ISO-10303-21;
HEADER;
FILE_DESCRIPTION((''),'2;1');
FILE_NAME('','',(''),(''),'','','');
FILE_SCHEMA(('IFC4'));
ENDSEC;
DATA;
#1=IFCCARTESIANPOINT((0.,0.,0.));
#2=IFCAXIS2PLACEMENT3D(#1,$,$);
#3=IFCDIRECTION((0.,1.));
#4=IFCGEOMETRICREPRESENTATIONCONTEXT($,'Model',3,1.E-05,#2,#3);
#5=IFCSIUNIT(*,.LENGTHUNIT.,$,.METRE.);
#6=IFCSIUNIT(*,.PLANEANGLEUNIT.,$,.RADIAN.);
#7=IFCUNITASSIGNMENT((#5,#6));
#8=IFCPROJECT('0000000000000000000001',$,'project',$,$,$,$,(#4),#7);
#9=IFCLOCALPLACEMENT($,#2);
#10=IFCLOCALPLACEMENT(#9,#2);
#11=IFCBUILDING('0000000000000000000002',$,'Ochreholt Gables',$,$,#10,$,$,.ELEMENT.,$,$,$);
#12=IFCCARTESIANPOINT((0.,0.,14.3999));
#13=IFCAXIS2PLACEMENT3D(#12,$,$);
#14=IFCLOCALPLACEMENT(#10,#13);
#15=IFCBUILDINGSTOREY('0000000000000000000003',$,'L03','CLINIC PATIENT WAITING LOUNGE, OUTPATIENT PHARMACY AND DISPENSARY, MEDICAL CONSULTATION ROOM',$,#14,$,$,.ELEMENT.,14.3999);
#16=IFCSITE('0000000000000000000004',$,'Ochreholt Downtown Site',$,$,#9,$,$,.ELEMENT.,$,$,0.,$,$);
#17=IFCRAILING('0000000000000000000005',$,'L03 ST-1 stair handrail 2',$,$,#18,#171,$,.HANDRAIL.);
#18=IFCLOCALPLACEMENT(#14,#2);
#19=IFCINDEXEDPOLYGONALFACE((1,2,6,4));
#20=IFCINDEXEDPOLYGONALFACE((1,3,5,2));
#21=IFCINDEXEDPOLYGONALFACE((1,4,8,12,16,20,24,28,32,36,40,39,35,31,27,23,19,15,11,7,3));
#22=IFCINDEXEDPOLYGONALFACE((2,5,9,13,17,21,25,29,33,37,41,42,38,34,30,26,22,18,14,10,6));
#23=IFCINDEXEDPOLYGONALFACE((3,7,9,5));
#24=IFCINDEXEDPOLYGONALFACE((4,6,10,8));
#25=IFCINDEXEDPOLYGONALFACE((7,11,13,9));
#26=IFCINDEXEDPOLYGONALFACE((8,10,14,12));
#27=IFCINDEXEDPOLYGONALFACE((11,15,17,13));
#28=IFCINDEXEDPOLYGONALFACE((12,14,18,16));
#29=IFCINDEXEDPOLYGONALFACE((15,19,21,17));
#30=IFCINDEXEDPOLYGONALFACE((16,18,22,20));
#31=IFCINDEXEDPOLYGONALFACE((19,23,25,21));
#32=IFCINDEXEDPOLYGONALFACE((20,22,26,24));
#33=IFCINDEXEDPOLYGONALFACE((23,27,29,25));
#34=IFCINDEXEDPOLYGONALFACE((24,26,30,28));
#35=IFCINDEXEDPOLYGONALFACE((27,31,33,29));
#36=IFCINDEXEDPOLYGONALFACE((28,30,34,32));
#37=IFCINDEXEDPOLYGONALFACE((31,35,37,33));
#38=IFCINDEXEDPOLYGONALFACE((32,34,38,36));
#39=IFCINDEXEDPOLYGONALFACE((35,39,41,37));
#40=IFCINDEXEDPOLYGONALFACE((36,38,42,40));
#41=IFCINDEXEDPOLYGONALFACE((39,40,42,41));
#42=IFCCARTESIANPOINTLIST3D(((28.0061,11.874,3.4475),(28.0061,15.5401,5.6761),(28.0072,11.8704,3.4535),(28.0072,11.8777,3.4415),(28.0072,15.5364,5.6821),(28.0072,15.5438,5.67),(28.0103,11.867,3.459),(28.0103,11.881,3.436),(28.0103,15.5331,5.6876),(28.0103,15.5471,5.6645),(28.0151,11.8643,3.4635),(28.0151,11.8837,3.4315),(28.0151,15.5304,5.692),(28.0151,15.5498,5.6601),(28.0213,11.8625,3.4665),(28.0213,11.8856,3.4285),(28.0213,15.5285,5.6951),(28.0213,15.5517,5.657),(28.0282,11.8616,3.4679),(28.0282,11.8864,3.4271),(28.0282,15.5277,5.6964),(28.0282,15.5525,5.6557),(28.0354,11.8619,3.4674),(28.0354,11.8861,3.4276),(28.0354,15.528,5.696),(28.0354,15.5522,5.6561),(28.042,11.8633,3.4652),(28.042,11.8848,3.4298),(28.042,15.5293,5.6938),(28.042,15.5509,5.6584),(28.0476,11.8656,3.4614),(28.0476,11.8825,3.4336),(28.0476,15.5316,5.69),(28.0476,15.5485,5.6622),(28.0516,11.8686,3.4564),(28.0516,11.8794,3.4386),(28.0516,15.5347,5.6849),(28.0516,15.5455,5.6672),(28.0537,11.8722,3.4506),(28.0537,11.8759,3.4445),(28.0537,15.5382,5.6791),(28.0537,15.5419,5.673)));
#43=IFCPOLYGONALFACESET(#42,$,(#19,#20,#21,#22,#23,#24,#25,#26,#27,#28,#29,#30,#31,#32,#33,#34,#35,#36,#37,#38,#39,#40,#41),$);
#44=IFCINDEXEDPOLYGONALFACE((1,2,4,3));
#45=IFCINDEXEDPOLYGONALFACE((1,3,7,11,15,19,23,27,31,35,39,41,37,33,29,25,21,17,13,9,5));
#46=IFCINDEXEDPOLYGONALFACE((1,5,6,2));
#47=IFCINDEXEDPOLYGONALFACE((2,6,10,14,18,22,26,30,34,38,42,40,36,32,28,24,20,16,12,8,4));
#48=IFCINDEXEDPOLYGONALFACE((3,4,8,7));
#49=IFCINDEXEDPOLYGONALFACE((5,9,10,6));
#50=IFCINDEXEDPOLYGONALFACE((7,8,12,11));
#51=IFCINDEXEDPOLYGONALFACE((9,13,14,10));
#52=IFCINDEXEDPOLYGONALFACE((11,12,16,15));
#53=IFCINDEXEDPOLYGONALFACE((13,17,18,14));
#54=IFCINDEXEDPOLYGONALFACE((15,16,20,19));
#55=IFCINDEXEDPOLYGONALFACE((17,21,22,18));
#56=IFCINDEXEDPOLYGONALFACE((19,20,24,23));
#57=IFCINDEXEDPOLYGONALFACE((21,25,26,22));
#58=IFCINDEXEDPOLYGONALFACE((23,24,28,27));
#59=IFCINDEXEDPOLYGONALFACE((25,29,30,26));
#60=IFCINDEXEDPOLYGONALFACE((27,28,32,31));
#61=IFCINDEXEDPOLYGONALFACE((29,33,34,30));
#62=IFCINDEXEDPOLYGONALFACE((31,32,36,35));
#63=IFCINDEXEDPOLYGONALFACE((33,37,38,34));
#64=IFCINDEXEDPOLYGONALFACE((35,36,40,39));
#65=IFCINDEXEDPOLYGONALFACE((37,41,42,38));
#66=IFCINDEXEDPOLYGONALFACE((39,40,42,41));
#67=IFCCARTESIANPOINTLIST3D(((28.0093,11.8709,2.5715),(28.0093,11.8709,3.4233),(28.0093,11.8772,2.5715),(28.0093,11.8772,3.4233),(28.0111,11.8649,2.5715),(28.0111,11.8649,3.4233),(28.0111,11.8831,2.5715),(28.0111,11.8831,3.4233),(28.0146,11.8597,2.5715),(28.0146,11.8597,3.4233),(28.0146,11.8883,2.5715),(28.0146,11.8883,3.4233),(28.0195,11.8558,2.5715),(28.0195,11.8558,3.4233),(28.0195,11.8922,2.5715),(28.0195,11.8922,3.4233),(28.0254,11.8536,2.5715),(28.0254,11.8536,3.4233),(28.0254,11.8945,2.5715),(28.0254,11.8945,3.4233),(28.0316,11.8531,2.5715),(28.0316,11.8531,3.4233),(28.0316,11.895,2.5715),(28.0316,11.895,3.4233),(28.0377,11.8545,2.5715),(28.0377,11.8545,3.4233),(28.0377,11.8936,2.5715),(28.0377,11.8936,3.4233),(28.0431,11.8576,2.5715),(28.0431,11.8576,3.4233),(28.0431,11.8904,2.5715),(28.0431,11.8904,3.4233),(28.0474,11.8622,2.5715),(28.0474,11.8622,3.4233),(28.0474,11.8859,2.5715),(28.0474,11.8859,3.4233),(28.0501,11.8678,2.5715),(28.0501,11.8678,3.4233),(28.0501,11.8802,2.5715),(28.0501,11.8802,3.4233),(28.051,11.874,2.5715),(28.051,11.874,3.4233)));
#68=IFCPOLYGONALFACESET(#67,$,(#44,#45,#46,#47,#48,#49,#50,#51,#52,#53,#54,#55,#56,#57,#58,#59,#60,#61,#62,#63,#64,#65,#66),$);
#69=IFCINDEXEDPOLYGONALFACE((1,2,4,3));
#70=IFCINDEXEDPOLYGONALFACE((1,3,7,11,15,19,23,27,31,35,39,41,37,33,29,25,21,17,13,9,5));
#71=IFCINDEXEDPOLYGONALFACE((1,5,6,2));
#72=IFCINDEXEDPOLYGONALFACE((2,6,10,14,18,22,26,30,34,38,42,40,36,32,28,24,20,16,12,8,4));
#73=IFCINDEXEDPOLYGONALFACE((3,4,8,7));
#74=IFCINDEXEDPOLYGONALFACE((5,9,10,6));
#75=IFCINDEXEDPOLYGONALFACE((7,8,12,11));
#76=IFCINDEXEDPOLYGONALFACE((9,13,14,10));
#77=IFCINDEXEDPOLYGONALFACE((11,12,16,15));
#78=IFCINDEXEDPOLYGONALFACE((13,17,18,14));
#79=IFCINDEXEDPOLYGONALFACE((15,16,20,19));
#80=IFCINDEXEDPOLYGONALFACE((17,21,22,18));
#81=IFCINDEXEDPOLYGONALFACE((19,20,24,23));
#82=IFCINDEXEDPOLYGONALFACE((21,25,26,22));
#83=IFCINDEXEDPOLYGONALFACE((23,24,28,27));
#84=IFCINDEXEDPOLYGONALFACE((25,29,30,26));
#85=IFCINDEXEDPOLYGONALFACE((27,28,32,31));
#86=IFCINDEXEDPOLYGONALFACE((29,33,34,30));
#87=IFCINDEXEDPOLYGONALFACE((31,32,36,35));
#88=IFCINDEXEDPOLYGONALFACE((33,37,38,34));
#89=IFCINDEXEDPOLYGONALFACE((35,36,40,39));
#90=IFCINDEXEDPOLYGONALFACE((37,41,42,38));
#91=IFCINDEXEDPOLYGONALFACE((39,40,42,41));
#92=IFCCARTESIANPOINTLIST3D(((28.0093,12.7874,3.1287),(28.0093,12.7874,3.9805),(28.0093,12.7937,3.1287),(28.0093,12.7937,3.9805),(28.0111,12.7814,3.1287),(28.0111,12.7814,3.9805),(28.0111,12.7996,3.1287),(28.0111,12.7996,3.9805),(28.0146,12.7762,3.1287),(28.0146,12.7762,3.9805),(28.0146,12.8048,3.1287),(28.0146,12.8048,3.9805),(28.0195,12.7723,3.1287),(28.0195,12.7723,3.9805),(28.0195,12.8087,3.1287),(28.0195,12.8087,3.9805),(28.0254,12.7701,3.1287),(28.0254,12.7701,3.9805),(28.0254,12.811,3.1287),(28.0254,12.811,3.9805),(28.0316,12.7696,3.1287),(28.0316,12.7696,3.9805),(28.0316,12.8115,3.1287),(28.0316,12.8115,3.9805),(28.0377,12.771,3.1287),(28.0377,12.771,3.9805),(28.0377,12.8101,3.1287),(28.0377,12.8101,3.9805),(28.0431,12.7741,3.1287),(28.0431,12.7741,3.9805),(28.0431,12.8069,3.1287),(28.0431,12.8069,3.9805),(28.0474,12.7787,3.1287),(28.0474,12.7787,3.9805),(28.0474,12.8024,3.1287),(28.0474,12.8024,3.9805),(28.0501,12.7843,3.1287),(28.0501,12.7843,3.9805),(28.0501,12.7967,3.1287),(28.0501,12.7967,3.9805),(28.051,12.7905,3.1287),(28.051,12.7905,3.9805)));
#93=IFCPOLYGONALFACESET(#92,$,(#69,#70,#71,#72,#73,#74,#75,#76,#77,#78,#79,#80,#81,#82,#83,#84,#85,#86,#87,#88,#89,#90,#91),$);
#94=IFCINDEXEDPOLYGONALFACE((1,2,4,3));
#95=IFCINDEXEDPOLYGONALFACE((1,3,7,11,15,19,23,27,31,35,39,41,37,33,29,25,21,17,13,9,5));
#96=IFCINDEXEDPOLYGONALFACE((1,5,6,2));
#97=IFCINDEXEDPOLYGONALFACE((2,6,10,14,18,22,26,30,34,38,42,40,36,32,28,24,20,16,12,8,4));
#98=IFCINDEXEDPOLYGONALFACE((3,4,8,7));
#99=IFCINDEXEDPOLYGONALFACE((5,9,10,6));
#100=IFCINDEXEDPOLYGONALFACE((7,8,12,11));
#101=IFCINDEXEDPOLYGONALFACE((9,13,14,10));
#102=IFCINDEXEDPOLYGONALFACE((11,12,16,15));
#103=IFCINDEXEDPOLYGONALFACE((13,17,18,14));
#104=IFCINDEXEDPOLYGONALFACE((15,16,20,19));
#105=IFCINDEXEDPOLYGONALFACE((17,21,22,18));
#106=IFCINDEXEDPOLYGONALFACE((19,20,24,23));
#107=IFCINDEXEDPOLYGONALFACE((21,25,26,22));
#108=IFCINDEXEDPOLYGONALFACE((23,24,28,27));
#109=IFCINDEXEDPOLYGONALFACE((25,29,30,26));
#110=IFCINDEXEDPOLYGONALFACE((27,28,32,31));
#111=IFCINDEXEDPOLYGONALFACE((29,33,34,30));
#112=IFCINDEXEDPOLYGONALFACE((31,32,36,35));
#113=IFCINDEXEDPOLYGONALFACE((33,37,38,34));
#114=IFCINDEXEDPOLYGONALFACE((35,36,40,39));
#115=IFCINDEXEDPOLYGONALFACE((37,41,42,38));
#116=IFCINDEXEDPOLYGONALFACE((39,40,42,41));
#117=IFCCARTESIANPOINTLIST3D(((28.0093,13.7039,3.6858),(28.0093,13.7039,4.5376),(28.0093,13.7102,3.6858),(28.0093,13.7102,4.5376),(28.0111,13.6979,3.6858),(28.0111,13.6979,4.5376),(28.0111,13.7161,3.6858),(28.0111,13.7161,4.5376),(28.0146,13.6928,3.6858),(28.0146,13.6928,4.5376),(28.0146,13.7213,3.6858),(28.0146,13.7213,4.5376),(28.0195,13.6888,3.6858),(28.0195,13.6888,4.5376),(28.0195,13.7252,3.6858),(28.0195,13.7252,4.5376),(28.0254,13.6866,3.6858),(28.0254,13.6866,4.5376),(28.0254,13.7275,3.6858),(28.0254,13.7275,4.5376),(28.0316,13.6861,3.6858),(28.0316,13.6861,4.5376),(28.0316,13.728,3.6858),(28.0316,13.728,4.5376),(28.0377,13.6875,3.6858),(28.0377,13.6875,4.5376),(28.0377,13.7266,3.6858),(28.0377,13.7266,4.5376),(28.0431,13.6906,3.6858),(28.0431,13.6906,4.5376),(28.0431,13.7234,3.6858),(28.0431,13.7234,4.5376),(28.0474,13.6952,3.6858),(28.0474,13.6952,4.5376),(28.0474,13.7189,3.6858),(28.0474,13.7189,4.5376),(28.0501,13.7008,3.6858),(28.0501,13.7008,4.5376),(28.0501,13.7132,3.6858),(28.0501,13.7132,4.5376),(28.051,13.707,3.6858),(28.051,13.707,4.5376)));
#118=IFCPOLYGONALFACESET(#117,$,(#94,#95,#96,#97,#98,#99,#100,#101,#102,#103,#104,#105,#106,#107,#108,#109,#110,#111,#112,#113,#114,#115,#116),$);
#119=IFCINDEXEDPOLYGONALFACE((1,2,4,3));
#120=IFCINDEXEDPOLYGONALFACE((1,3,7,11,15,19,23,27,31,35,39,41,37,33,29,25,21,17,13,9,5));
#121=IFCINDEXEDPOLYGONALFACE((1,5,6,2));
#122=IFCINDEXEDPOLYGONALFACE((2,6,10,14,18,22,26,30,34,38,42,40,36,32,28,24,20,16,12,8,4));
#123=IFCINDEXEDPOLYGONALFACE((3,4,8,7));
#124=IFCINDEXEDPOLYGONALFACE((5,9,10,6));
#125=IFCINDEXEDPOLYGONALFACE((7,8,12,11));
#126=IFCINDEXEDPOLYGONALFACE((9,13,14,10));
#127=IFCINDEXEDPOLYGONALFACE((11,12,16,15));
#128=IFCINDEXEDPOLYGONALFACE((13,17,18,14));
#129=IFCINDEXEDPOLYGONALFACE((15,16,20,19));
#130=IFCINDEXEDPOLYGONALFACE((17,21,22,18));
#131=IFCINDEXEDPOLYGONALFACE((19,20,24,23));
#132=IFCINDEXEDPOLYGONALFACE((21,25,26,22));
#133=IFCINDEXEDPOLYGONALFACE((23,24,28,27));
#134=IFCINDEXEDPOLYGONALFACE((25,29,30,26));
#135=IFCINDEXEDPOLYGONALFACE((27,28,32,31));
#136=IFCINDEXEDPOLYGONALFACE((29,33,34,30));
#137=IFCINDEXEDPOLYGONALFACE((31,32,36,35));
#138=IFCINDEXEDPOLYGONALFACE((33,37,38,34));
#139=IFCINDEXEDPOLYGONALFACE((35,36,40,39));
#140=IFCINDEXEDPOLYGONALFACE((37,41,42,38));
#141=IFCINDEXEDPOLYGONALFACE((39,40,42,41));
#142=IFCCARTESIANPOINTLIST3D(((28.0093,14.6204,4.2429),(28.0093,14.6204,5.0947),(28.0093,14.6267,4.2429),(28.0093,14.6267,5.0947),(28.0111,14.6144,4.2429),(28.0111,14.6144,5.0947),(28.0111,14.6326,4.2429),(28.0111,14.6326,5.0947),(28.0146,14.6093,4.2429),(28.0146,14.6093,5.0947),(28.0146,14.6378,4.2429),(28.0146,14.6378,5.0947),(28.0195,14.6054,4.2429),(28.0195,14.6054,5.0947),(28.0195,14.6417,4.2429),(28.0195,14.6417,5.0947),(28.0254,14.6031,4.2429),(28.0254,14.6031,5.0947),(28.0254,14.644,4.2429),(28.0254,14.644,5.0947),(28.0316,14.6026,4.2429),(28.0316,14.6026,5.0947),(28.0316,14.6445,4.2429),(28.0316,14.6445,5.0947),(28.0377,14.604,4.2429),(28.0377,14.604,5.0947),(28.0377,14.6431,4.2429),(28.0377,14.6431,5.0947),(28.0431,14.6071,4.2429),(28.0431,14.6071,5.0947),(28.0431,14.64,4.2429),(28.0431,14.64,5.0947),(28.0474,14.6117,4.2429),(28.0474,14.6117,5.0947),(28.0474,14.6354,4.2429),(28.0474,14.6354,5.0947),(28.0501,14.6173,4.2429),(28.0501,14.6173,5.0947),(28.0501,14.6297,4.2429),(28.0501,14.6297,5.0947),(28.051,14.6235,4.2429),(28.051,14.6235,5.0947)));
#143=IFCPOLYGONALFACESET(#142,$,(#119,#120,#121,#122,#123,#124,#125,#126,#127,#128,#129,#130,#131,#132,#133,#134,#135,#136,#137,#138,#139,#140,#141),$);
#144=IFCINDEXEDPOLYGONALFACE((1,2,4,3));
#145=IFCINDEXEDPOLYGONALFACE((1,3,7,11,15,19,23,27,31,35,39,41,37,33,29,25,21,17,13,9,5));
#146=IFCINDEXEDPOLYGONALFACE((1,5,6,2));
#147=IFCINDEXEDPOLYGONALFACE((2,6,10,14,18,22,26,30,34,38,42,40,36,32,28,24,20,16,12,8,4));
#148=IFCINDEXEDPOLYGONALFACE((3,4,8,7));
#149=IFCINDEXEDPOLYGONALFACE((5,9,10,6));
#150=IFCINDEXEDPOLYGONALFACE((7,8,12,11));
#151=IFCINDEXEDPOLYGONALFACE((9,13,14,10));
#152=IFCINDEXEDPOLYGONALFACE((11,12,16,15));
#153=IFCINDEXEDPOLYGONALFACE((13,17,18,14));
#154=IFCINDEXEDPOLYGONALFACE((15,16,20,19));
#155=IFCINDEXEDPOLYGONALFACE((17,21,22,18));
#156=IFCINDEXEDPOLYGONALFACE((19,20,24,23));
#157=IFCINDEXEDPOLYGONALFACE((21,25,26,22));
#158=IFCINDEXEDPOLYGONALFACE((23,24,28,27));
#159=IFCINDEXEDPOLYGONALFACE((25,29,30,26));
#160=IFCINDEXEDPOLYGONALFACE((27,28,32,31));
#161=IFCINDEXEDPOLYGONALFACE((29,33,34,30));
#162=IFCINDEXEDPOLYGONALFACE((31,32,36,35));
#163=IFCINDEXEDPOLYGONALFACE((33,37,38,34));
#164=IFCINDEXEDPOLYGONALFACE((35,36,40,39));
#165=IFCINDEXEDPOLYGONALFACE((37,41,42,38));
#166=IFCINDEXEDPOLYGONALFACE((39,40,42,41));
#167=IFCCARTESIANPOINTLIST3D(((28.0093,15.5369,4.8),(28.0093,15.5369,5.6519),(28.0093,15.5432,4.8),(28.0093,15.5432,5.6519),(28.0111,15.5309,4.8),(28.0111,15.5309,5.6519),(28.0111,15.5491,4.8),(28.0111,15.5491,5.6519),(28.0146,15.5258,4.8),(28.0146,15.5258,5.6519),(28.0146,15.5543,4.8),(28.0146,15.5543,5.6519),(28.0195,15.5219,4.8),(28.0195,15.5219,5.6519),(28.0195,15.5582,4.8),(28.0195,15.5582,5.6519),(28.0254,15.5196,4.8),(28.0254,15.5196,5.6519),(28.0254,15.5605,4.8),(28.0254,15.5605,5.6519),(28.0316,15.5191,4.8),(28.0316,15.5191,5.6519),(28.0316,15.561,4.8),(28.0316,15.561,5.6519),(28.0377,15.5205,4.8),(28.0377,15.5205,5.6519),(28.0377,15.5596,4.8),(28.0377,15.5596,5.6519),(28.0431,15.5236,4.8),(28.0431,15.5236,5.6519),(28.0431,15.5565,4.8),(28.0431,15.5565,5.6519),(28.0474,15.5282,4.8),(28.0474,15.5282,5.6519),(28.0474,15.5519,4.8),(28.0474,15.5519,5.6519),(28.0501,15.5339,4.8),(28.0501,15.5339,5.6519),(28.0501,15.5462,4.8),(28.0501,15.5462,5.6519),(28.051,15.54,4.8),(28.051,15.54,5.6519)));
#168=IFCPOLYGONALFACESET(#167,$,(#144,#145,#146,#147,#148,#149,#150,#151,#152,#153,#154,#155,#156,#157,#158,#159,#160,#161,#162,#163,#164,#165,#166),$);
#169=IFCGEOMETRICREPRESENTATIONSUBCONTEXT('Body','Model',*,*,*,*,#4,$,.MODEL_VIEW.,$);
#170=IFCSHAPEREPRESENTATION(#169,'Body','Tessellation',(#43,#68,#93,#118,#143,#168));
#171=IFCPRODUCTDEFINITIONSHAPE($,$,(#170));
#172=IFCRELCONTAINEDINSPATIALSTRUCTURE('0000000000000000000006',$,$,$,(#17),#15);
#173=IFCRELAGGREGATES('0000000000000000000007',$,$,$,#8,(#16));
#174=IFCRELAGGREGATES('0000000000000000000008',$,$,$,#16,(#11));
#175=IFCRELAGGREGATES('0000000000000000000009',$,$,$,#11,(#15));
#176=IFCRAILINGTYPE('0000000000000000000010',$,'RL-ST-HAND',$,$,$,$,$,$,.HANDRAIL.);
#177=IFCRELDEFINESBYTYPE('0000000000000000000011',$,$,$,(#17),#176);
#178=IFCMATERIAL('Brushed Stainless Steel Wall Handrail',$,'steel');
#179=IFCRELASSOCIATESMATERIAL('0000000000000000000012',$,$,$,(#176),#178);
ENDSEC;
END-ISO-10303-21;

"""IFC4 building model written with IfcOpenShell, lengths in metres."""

from ifc_helpers import new_model, si_unit, direction, frame, origin, origin_2d, place, context, subcontext, project, spatial, circle, extrude, material, type_object, element, save


model = new_model("IFC4")

# Units and contexts
model_context = context("Model", 3, precision=1e-05, world=origin(), true_north=direction((0.0, 1.0)))
body_context = subcontext(model_context, "Body", "Model", "MODEL_VIEW")
ifc_project = project(units=[si_unit("LENGTHUNIT", "METRE"), si_unit("PLANEANGLEUNIT", "RADIAN")], contexts=[model_context])

# Site, building, storey
site_placement = place(None, origin())
site = spatial("IfcSite", under=ifc_project, at=site_placement, Name="Ochreholt Downtown Site", CompositionType="ELEMENT", RefElevation=0.0)
building_placement = place(site_placement, origin())
building = spatial("IfcBuilding", under=site, at=building_placement, Name="Ochreholt Gables", CompositionType="ELEMENT")
storey_placement = place(building_placement, frame((0.0, 0.0, 14.3999)))
storey = spatial("IfcBuildingStorey", under=building, at=storey_placement, Name="L03", Description="CLINIC PATIENT WAITING LOUNGE, OUTPATIENT PHARMACY AND DISPENSARY, MEDICAL CONSULTATION ROOM", CompositionType="ELEMENT", Elevation=14.3999)

# Railing
ifc_material_1 = material(Name="Brushed Stainless Steel Wall Handrail", Category="steel")
railing_type_1 = type_object("IfcRailingType", Name="RL-ST-HAND", PredefinedType="HANDRAIL", material=ifc_material_1)
railing_1_placement = place(storey_placement, frame((28.03, 11.874, 2.5715)))
element("IfcRailing", 1, at=railing_1_placement, inside=storey, type_object=railing_type_1, Name="L03 ST-1 stair handrail 2", PredefinedType="HANDRAIL", context=body_context, shape_type="SweptSolid", body=[
    extrude(circle(Radius=0.0239, at=origin_2d()), frame((0.0, 0.0, 0.876), z_axis=(0.0, 0.854506, 0.519441), x_axis=(-1.0, 0.0, 0.0)), (0.0, 0.0, 1.0), 4.2903),
    extrude(circle(Radius=0.021, at=origin_2d()), origin(), (0.0, 0.0, 1.0), 0.8518),
    extrude(circle(Radius=0.021, at=origin_2d()), frame((0.0, 0.9165, 0.5571)), (0.0, 0.0, 1.0), 0.8518),
    extrude(circle(Radius=0.021, at=origin_2d()), frame((0.0, 1.833, 1.1143)), (0.0, 0.0, 1.0), 0.8518),
    extrude(circle(Radius=0.021, at=origin_2d()), frame((0.0, 2.7495, 1.6714)), (0.0, 0.0, 1.0), 0.8518),
    extrude(circle(Radius=0.021, at=origin_2d()), frame((0.0, 3.666, 2.2285)), (0.0, 0.0, 1.0), 0.8518),
])

save(model, "model.ifc")
